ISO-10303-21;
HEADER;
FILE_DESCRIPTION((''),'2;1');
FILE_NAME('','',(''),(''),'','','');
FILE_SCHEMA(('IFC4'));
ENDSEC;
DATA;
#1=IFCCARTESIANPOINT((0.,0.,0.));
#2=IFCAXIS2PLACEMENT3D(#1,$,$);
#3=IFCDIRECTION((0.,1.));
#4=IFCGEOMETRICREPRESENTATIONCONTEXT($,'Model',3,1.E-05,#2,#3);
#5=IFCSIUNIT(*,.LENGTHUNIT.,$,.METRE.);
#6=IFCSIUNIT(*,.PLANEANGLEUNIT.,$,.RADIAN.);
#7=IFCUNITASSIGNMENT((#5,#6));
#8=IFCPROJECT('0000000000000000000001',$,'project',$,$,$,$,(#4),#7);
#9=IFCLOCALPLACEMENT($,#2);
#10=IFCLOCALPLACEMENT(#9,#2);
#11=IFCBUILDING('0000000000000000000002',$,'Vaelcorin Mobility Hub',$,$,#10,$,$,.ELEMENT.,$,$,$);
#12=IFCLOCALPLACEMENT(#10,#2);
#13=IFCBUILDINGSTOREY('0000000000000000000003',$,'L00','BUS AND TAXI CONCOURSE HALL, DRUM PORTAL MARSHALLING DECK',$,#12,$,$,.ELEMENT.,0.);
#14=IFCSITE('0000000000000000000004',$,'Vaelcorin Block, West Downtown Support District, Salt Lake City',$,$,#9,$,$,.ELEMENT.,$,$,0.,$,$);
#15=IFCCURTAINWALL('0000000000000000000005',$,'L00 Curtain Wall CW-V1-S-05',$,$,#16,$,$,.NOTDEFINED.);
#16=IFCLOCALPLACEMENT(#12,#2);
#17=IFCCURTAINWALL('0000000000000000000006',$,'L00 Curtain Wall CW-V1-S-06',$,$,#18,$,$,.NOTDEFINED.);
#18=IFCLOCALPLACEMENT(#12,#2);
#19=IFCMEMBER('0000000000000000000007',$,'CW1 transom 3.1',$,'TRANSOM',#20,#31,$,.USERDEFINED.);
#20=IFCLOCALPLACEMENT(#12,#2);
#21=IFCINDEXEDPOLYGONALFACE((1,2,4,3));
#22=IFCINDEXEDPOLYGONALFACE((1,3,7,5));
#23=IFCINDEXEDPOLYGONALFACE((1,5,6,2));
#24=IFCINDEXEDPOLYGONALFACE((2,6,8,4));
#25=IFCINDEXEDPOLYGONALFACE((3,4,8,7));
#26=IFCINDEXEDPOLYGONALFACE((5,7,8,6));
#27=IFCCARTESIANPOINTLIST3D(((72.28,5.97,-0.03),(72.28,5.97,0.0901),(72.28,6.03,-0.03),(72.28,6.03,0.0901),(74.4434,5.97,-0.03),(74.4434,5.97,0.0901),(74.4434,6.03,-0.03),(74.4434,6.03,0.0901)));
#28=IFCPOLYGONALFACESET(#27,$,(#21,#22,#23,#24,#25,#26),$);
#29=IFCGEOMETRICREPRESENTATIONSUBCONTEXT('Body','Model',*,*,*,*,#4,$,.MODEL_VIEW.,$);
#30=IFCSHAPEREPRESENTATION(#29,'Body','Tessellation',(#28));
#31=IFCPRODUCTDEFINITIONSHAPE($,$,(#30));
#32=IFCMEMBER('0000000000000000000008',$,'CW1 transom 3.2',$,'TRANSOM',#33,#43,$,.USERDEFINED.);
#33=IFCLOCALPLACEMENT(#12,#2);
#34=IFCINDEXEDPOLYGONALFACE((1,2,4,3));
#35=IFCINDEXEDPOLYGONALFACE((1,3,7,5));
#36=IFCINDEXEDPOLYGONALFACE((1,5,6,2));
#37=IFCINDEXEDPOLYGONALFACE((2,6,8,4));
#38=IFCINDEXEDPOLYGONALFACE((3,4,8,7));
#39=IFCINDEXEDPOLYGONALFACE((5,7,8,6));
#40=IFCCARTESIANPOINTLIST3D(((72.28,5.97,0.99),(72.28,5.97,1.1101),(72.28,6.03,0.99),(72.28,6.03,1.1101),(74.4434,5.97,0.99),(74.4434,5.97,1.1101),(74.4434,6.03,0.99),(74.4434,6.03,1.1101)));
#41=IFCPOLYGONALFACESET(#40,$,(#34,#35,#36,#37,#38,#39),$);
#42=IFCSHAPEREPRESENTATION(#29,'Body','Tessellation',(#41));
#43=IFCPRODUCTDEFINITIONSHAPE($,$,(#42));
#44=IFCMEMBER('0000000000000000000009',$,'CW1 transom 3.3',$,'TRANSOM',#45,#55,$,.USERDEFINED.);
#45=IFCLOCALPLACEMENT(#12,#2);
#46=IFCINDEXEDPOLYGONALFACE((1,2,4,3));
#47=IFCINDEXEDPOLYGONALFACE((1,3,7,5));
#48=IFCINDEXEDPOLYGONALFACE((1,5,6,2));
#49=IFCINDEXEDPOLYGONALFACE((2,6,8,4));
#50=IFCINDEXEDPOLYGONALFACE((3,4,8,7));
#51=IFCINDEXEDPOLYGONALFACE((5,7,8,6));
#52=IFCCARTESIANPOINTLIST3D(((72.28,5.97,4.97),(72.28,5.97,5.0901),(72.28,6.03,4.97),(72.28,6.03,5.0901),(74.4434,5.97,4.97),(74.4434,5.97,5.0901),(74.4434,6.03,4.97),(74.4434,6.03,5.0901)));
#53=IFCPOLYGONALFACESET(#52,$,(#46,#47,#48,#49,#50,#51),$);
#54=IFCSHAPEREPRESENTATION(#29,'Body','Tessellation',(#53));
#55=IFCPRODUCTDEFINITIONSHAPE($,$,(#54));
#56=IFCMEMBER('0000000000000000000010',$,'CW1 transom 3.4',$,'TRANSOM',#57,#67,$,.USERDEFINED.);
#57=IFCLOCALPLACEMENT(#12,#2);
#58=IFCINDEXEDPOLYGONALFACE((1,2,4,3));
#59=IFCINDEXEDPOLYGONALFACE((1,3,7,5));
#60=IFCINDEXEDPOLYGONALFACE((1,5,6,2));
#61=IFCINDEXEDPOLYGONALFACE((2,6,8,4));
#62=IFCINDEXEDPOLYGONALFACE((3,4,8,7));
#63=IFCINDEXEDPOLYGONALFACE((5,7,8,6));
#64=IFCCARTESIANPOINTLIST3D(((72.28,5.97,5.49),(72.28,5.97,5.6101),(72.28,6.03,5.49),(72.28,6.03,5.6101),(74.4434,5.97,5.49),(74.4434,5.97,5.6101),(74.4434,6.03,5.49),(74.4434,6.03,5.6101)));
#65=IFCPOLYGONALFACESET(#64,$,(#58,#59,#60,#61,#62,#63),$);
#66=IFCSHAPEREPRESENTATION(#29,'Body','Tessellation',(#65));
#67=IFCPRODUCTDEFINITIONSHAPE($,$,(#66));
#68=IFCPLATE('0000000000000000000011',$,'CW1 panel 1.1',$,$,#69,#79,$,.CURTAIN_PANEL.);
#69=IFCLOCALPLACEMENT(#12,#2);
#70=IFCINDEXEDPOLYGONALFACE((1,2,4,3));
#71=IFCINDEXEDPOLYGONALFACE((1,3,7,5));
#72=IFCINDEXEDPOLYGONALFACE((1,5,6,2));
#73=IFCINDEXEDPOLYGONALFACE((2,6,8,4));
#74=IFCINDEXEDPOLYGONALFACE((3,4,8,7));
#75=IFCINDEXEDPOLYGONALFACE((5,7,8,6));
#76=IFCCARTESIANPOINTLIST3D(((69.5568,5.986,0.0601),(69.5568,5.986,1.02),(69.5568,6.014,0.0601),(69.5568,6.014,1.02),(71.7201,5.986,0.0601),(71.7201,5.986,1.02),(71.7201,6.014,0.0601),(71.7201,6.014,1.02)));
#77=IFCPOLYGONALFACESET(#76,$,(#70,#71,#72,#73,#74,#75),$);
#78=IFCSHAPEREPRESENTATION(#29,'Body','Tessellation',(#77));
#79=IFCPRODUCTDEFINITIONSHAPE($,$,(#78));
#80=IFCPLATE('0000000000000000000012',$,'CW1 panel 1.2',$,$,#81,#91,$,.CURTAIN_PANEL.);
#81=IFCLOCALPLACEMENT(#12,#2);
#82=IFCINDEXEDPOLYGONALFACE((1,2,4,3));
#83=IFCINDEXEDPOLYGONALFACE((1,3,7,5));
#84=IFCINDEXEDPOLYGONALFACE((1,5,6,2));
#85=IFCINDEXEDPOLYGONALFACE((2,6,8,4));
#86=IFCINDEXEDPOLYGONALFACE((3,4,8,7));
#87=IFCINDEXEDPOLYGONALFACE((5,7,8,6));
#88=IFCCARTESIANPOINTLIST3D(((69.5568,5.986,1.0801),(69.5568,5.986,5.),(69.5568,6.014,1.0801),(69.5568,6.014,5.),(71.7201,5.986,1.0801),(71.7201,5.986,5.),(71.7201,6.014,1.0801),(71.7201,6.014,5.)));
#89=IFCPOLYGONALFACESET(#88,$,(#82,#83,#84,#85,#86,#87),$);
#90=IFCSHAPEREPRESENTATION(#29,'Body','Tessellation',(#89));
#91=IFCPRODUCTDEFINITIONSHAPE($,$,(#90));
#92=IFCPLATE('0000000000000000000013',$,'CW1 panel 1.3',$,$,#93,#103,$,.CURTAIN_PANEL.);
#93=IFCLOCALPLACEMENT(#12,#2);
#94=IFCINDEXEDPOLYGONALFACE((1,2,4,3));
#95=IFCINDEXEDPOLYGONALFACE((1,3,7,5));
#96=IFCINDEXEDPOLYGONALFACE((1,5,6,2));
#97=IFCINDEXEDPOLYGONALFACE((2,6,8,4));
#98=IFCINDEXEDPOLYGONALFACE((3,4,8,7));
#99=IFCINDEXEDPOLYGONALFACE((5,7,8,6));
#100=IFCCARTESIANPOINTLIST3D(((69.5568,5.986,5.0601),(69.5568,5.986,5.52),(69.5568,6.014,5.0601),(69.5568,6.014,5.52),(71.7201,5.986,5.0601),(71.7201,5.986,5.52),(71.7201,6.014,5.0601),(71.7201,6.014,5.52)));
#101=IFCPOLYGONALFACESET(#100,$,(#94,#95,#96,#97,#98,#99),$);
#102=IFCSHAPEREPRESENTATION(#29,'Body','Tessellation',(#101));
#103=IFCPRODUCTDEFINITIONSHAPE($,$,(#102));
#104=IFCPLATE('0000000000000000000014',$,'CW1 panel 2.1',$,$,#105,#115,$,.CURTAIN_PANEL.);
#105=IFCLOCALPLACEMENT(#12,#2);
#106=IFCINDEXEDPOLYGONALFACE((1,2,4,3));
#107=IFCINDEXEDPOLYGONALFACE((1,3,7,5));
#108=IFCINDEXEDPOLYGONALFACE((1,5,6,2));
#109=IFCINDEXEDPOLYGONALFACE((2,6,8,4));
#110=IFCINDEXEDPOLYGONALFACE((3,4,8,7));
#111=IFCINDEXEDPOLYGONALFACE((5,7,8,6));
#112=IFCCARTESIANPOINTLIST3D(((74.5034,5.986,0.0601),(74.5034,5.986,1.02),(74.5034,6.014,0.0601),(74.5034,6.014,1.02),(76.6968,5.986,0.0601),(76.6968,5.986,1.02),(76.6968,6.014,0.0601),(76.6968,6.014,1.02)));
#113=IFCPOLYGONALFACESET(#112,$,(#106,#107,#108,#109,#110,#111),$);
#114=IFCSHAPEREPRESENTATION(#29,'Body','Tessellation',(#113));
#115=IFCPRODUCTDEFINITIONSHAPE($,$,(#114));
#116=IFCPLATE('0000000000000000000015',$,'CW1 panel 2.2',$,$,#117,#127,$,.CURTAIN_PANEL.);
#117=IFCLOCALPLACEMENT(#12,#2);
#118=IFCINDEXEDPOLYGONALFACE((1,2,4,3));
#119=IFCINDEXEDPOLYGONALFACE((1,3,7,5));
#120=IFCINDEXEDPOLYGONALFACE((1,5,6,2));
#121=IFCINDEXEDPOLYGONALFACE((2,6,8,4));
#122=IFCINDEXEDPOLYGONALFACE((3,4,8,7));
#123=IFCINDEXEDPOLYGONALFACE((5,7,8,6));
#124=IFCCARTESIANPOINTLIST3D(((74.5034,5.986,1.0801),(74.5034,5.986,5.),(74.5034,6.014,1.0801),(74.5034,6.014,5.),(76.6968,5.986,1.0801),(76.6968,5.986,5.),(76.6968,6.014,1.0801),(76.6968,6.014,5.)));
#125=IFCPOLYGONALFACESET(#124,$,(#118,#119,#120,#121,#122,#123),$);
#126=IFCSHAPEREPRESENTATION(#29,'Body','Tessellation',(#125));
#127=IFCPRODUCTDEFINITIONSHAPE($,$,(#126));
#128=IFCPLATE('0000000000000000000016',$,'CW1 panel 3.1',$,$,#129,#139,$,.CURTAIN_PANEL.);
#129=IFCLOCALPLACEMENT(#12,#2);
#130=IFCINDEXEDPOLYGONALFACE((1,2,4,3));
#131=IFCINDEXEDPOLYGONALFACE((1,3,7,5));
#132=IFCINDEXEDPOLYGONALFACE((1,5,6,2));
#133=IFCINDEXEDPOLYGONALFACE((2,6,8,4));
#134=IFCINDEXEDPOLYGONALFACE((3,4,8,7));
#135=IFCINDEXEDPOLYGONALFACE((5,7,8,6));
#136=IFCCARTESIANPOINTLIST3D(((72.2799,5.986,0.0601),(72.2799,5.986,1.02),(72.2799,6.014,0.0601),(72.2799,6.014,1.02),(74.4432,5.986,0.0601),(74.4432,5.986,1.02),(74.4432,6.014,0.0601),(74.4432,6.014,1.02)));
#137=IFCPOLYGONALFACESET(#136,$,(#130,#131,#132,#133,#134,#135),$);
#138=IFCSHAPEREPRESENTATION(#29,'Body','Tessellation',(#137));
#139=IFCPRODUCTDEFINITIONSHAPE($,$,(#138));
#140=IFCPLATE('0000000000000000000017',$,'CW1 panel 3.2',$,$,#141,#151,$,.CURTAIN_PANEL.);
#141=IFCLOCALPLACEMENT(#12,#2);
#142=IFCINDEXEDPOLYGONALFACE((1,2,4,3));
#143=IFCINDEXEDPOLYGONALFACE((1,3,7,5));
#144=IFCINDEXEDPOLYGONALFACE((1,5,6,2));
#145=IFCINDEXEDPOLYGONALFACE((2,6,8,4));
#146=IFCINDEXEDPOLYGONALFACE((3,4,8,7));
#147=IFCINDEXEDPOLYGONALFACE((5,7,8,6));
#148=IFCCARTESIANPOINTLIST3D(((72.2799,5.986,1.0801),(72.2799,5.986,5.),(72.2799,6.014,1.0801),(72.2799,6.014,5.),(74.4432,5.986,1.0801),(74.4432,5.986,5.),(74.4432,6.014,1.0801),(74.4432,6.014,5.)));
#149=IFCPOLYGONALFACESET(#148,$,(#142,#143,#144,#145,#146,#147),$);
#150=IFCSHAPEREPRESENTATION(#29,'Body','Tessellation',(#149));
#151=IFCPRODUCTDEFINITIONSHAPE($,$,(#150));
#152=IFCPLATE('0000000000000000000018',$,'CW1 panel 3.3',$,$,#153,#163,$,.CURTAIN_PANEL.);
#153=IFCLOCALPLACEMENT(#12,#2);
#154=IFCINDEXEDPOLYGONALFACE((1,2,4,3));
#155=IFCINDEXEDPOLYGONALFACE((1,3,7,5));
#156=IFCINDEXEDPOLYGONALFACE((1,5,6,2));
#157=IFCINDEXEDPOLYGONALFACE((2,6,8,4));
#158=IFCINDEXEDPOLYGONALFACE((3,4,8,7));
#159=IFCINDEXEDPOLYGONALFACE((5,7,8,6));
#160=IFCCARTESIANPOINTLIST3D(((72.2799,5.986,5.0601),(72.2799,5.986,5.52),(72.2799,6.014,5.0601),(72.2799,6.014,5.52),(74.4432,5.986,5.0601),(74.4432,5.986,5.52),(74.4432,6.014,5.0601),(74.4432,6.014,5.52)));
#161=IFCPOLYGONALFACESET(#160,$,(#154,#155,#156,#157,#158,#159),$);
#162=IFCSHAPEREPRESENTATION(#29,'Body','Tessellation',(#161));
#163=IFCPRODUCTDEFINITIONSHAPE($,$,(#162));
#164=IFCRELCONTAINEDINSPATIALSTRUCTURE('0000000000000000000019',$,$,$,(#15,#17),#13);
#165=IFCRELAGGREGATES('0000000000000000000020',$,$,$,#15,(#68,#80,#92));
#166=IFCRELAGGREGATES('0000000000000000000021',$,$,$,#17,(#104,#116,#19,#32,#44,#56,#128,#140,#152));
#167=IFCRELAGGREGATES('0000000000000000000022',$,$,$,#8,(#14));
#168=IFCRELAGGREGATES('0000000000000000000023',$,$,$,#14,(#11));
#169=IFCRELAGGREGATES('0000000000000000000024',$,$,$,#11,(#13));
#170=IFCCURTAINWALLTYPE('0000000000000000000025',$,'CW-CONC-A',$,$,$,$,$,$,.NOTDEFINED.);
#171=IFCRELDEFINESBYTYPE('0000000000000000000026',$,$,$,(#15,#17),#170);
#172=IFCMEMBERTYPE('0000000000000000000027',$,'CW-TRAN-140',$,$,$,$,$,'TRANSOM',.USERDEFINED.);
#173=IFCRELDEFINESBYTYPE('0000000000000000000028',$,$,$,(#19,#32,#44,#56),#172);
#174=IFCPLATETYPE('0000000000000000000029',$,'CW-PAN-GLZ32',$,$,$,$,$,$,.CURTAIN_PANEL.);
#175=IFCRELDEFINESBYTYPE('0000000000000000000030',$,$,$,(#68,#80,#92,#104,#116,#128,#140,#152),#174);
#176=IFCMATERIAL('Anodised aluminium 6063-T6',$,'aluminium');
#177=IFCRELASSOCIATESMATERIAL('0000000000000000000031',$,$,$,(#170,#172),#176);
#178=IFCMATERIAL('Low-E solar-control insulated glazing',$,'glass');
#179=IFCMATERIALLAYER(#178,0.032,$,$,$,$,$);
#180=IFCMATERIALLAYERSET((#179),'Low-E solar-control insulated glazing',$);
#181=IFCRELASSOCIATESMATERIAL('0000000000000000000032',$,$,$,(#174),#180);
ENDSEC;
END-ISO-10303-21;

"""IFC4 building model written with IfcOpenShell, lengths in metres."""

from ifc_helpers import new_model, si_unit, direction, frame, origin, origin_2d, place, context, subcontext, project, spatial, rectangle, extrude, material, layer, layer_set, material_profile, profile_set, type_object, element, aggregate, save


model = new_model("IFC4")

# Units and contexts
model_context = context("Model", 3, precision=1e-05, world=origin(), true_north=direction((0.0, 1.0)))
body_context = subcontext(model_context, "Body", "Model", "MODEL_VIEW")
ifc_project = project(units=[si_unit("LENGTHUNIT", "METRE"), si_unit("PLANEANGLEUNIT", "RADIAN")], contexts=[model_context])

# Site, building, storey
site_placement = place(None, origin())
site = spatial("IfcSite", under=ifc_project, at=site_placement, Name="Vaelcorin Block, West Downtown Support District, Salt Lake City", CompositionType="ELEMENT", RefElevation=0.0)
building_placement = place(site_placement, origin())
building = spatial("IfcBuilding", under=site, at=building_placement, Name="Vaelcorin Mobility Hub", CompositionType="ELEMENT")
storey_placement = place(building_placement, origin())
storey = spatial("IfcBuildingStorey", under=building, at=storey_placement, Name="L00", Description="BUS AND TAXI CONCOURSE HALL, DRUM PORTAL MARSHALLING DECK", CompositionType="ELEMENT", Elevation=0.0)

# Curtain walls
ifc_material_1 = material(Name="Anodised aluminium 6063-T6", Category="aluminium")
curtain_wall_type = type_object("IfcCurtainWallType", Name="CW-CONC-A", PredefinedType="NOTDEFINED", material=ifc_material_1)
curtain_wall_1_placement = place(storey_placement, origin())
curtain_wall_1 = element("IfcCurtainWall", 1, at=curtain_wall_1_placement, inside=storey, type_object=curtain_wall_type, Name="L00 Curtain Wall CW-V1-S-05", PredefinedType="NOTDEFINED")
curtain_wall_2_placement = place(storey_placement, origin())
curtain_wall_2 = element("IfcCurtainWall", 2, at=curtain_wall_2_placement, inside=storey, type_object=curtain_wall_type, Name="L00 Curtain Wall CW-V1-S-06", PredefinedType="NOTDEFINED")

# Members
ifc_material_profile_1 = material_profile(ifc_material_1, rectangle(XDim=0.0601, YDim=0.1201, at=origin_2d()), Name="ALU-T60X120")
ifc_profile_set_1 = profile_set([ifc_material_profile_1], Name="Anodised aluminium 6063-T6")
member_type_1 = type_object("IfcMemberType", Name="CW-TRAN-140", ElementType="TRANSOM", PredefinedType="USERDEFINED", material=ifc_profile_set_1)
member_1_placement = place(storey_placement, frame((74.4434, 6.0, 0.03), z_axis=(-1.0, 0.0, 0.0), x_axis=(0.0, -1.0, 0.0)))
member_1 = element("IfcMember", 3, at=member_1_placement, type_object=member_type_1, Name="CW1 transom 3.1", ObjectType="TRANSOM", PredefinedType="USERDEFINED", context=body_context, shape_type="SweptSolid", body=[
    extrude(rectangle(XDim=0.0601, YDim=0.1201, at=origin_2d()), origin(), (0.0, 0.0, 1.0), 2.1633),
])
member_2_placement = place(storey_placement, frame((74.4434, 6.0, 1.05), z_axis=(-1.0, 0.0, 0.0), x_axis=(0.0, -1.0, 0.0)))
member_2 = element("IfcMember", 4, at=member_2_placement, type_object=member_type_1, Name="CW1 transom 3.2", ObjectType="TRANSOM", PredefinedType="USERDEFINED", context=body_context, shape_type="SweptSolid", body=[
    extrude(rectangle(XDim=0.0601, YDim=0.1201, at=origin_2d()), origin(), (0.0, 0.0, 1.0), 2.1633),
])
member_3_placement = place(storey_placement, frame((74.4434, 6.0, 5.03), z_axis=(-1.0, 0.0, 0.0), x_axis=(0.0, -1.0, 0.0)))
member_3 = element("IfcMember", 5, at=member_3_placement, type_object=member_type_1, Name="CW1 transom 3.3", ObjectType="TRANSOM", PredefinedType="USERDEFINED", context=body_context, shape_type="SweptSolid", body=[
    extrude(rectangle(XDim=0.0601, YDim=0.1201, at=origin_2d()), origin(), (0.0, 0.0, 1.0), 2.1633),
])
member_4_placement = place(storey_placement, frame((74.4434, 6.0, 5.55), z_axis=(-1.0, 0.0, 0.0), x_axis=(0.0, -1.0, 0.0)))
member_4 = element("IfcMember", 6, at=member_4_placement, type_object=member_type_1, Name="CW1 transom 3.4", ObjectType="TRANSOM", PredefinedType="USERDEFINED", context=body_context, shape_type="SweptSolid", body=[
    extrude(rectangle(XDim=0.0601, YDim=0.1201, at=origin_2d()), origin(), (0.0, 0.0, 1.0), 2.1633),
])

# Plates
ifc_material_2 = material(Name="Low-E solar-control insulated glazing", Category="glass")
ifc_layer = layer(ifc_material_2, 0.032)
ifc_layer_set = layer_set([ifc_layer], Name="Low-E solar-control insulated glazing")
plate_type = type_object("IfcPlateType", Name="CW-PAN-GLZ32", PredefinedType="CURTAIN_PANEL", material=ifc_layer_set)
plate_1_placement = place(storey_placement, frame((70.6384, 6.0, 0.0601), z_axis=(0.0, 0.0, 1.0), x_axis=(-1.0, 0.0, 0.0)))
plate_1 = element("IfcPlate", 7, at=plate_1_placement, type_object=plate_type, Name="CW1 panel 1.1", PredefinedType="CURTAIN_PANEL", context=body_context, shape_type="SweptSolid", body=[
    extrude(rectangle(XDim=2.1633, YDim=0.0281, at=origin_2d()), origin(), (0.0, 0.0, 1.0), 0.96),
])
plate_2_placement = place(storey_placement, frame((70.6384, 6.0, 1.0801), z_axis=(0.0, 0.0, 1.0), x_axis=(-1.0, 0.0, 0.0)))
plate_2 = element("IfcPlate", 8, at=plate_2_placement, type_object=plate_type, Name="CW1 panel 1.2", PredefinedType="CURTAIN_PANEL", context=body_context, shape_type="SweptSolid", body=[
    extrude(rectangle(XDim=2.1633, YDim=0.0281, at=origin_2d()), origin(), (0.0, 0.0, 1.0), 3.9199),
])
plate_3_placement = place(storey_placement, frame((70.6384, 6.0, 5.0601), z_axis=(0.0, 0.0, 1.0), x_axis=(-1.0, 0.0, 0.0)))
plate_3 = element("IfcPlate", 9, at=plate_3_placement, type_object=plate_type, Name="CW1 panel 1.3", PredefinedType="CURTAIN_PANEL", context=body_context, shape_type="SweptSolid", body=[
    extrude(rectangle(XDim=2.1633, YDim=0.0281, at=origin_2d()), origin(), (0.0, 0.0, 1.0), 0.46),
])
aggregate(curtain_wall_1, [plate_1, plate_2, plate_3])
plate_4_placement = place(storey_placement, frame((75.6001, 6.0, 0.0601), z_axis=(0.0, 0.0, 1.0), x_axis=(-1.0, 0.0, 0.0)))
plate_4 = element("IfcPlate", 10, at=plate_4_placement, type_object=plate_type, Name="CW1 panel 2.1", PredefinedType="CURTAIN_PANEL", context=body_context, shape_type="SweptSolid", body=[
    extrude(rectangle(XDim=2.1934, YDim=0.0281, at=origin_2d()), origin(), (0.0, 0.0, 1.0), 0.96),
])
plate_5_placement = place(storey_placement, frame((75.6001, 6.0, 1.0801), z_axis=(0.0, 0.0, 1.0), x_axis=(-1.0, 0.0, 0.0)))
plate_5 = element("IfcPlate", 11, at=plate_5_placement, type_object=plate_type, Name="CW1 panel 2.2", PredefinedType="CURTAIN_PANEL", context=body_context, shape_type="SweptSolid", body=[
    extrude(rectangle(XDim=2.1934, YDim=0.0281, at=origin_2d()), origin(), (0.0, 0.0, 1.0), 3.9199),
])
plate_6_placement = place(storey_placement, frame((73.3616, 6.0, 0.0601), z_axis=(0.0, 0.0, 1.0), x_axis=(-1.0, 0.0, 0.0)))
plate_6 = element("IfcPlate", 12, at=plate_6_placement, type_object=plate_type, Name="CW1 panel 3.1", PredefinedType="CURTAIN_PANEL", context=body_context, shape_type="SweptSolid", body=[
    extrude(rectangle(XDim=2.1633, YDim=0.0281, at=origin_2d()), origin(), (0.0, 0.0, 1.0), 0.96),
])
plate_7_placement = place(storey_placement, frame((73.3616, 6.0, 1.0801), z_axis=(0.0, 0.0, 1.0), x_axis=(-1.0, 0.0, 0.0)))
plate_7 = element("IfcPlate", 13, at=plate_7_placement, type_object=plate_type, Name="CW1 panel 3.2", PredefinedType="CURTAIN_PANEL", context=body_context, shape_type="SweptSolid", body=[
    extrude(rectangle(XDim=2.1633, YDim=0.0281, at=origin_2d()), origin(), (0.0, 0.0, 1.0), 3.9199),
])
plate_8_placement = place(storey_placement, frame((73.3616, 6.0, 5.0601), z_axis=(0.0, 0.0, 1.0), x_axis=(-1.0, 0.0, 0.0)))
plate_8 = element("IfcPlate", 14, at=plate_8_placement, type_object=plate_type, Name="CW1 panel 3.3", PredefinedType="CURTAIN_PANEL", context=body_context, shape_type="SweptSolid", body=[
    extrude(rectangle(XDim=2.1633, YDim=0.0281, at=origin_2d()), origin(), (0.0, 0.0, 1.0), 0.46),
])
aggregate(curtain_wall_2, [plate_4, plate_5, member_1, member_2, member_3, member_4, plate_6, plate_7, plate_8])

save(model, "model.ifc")
